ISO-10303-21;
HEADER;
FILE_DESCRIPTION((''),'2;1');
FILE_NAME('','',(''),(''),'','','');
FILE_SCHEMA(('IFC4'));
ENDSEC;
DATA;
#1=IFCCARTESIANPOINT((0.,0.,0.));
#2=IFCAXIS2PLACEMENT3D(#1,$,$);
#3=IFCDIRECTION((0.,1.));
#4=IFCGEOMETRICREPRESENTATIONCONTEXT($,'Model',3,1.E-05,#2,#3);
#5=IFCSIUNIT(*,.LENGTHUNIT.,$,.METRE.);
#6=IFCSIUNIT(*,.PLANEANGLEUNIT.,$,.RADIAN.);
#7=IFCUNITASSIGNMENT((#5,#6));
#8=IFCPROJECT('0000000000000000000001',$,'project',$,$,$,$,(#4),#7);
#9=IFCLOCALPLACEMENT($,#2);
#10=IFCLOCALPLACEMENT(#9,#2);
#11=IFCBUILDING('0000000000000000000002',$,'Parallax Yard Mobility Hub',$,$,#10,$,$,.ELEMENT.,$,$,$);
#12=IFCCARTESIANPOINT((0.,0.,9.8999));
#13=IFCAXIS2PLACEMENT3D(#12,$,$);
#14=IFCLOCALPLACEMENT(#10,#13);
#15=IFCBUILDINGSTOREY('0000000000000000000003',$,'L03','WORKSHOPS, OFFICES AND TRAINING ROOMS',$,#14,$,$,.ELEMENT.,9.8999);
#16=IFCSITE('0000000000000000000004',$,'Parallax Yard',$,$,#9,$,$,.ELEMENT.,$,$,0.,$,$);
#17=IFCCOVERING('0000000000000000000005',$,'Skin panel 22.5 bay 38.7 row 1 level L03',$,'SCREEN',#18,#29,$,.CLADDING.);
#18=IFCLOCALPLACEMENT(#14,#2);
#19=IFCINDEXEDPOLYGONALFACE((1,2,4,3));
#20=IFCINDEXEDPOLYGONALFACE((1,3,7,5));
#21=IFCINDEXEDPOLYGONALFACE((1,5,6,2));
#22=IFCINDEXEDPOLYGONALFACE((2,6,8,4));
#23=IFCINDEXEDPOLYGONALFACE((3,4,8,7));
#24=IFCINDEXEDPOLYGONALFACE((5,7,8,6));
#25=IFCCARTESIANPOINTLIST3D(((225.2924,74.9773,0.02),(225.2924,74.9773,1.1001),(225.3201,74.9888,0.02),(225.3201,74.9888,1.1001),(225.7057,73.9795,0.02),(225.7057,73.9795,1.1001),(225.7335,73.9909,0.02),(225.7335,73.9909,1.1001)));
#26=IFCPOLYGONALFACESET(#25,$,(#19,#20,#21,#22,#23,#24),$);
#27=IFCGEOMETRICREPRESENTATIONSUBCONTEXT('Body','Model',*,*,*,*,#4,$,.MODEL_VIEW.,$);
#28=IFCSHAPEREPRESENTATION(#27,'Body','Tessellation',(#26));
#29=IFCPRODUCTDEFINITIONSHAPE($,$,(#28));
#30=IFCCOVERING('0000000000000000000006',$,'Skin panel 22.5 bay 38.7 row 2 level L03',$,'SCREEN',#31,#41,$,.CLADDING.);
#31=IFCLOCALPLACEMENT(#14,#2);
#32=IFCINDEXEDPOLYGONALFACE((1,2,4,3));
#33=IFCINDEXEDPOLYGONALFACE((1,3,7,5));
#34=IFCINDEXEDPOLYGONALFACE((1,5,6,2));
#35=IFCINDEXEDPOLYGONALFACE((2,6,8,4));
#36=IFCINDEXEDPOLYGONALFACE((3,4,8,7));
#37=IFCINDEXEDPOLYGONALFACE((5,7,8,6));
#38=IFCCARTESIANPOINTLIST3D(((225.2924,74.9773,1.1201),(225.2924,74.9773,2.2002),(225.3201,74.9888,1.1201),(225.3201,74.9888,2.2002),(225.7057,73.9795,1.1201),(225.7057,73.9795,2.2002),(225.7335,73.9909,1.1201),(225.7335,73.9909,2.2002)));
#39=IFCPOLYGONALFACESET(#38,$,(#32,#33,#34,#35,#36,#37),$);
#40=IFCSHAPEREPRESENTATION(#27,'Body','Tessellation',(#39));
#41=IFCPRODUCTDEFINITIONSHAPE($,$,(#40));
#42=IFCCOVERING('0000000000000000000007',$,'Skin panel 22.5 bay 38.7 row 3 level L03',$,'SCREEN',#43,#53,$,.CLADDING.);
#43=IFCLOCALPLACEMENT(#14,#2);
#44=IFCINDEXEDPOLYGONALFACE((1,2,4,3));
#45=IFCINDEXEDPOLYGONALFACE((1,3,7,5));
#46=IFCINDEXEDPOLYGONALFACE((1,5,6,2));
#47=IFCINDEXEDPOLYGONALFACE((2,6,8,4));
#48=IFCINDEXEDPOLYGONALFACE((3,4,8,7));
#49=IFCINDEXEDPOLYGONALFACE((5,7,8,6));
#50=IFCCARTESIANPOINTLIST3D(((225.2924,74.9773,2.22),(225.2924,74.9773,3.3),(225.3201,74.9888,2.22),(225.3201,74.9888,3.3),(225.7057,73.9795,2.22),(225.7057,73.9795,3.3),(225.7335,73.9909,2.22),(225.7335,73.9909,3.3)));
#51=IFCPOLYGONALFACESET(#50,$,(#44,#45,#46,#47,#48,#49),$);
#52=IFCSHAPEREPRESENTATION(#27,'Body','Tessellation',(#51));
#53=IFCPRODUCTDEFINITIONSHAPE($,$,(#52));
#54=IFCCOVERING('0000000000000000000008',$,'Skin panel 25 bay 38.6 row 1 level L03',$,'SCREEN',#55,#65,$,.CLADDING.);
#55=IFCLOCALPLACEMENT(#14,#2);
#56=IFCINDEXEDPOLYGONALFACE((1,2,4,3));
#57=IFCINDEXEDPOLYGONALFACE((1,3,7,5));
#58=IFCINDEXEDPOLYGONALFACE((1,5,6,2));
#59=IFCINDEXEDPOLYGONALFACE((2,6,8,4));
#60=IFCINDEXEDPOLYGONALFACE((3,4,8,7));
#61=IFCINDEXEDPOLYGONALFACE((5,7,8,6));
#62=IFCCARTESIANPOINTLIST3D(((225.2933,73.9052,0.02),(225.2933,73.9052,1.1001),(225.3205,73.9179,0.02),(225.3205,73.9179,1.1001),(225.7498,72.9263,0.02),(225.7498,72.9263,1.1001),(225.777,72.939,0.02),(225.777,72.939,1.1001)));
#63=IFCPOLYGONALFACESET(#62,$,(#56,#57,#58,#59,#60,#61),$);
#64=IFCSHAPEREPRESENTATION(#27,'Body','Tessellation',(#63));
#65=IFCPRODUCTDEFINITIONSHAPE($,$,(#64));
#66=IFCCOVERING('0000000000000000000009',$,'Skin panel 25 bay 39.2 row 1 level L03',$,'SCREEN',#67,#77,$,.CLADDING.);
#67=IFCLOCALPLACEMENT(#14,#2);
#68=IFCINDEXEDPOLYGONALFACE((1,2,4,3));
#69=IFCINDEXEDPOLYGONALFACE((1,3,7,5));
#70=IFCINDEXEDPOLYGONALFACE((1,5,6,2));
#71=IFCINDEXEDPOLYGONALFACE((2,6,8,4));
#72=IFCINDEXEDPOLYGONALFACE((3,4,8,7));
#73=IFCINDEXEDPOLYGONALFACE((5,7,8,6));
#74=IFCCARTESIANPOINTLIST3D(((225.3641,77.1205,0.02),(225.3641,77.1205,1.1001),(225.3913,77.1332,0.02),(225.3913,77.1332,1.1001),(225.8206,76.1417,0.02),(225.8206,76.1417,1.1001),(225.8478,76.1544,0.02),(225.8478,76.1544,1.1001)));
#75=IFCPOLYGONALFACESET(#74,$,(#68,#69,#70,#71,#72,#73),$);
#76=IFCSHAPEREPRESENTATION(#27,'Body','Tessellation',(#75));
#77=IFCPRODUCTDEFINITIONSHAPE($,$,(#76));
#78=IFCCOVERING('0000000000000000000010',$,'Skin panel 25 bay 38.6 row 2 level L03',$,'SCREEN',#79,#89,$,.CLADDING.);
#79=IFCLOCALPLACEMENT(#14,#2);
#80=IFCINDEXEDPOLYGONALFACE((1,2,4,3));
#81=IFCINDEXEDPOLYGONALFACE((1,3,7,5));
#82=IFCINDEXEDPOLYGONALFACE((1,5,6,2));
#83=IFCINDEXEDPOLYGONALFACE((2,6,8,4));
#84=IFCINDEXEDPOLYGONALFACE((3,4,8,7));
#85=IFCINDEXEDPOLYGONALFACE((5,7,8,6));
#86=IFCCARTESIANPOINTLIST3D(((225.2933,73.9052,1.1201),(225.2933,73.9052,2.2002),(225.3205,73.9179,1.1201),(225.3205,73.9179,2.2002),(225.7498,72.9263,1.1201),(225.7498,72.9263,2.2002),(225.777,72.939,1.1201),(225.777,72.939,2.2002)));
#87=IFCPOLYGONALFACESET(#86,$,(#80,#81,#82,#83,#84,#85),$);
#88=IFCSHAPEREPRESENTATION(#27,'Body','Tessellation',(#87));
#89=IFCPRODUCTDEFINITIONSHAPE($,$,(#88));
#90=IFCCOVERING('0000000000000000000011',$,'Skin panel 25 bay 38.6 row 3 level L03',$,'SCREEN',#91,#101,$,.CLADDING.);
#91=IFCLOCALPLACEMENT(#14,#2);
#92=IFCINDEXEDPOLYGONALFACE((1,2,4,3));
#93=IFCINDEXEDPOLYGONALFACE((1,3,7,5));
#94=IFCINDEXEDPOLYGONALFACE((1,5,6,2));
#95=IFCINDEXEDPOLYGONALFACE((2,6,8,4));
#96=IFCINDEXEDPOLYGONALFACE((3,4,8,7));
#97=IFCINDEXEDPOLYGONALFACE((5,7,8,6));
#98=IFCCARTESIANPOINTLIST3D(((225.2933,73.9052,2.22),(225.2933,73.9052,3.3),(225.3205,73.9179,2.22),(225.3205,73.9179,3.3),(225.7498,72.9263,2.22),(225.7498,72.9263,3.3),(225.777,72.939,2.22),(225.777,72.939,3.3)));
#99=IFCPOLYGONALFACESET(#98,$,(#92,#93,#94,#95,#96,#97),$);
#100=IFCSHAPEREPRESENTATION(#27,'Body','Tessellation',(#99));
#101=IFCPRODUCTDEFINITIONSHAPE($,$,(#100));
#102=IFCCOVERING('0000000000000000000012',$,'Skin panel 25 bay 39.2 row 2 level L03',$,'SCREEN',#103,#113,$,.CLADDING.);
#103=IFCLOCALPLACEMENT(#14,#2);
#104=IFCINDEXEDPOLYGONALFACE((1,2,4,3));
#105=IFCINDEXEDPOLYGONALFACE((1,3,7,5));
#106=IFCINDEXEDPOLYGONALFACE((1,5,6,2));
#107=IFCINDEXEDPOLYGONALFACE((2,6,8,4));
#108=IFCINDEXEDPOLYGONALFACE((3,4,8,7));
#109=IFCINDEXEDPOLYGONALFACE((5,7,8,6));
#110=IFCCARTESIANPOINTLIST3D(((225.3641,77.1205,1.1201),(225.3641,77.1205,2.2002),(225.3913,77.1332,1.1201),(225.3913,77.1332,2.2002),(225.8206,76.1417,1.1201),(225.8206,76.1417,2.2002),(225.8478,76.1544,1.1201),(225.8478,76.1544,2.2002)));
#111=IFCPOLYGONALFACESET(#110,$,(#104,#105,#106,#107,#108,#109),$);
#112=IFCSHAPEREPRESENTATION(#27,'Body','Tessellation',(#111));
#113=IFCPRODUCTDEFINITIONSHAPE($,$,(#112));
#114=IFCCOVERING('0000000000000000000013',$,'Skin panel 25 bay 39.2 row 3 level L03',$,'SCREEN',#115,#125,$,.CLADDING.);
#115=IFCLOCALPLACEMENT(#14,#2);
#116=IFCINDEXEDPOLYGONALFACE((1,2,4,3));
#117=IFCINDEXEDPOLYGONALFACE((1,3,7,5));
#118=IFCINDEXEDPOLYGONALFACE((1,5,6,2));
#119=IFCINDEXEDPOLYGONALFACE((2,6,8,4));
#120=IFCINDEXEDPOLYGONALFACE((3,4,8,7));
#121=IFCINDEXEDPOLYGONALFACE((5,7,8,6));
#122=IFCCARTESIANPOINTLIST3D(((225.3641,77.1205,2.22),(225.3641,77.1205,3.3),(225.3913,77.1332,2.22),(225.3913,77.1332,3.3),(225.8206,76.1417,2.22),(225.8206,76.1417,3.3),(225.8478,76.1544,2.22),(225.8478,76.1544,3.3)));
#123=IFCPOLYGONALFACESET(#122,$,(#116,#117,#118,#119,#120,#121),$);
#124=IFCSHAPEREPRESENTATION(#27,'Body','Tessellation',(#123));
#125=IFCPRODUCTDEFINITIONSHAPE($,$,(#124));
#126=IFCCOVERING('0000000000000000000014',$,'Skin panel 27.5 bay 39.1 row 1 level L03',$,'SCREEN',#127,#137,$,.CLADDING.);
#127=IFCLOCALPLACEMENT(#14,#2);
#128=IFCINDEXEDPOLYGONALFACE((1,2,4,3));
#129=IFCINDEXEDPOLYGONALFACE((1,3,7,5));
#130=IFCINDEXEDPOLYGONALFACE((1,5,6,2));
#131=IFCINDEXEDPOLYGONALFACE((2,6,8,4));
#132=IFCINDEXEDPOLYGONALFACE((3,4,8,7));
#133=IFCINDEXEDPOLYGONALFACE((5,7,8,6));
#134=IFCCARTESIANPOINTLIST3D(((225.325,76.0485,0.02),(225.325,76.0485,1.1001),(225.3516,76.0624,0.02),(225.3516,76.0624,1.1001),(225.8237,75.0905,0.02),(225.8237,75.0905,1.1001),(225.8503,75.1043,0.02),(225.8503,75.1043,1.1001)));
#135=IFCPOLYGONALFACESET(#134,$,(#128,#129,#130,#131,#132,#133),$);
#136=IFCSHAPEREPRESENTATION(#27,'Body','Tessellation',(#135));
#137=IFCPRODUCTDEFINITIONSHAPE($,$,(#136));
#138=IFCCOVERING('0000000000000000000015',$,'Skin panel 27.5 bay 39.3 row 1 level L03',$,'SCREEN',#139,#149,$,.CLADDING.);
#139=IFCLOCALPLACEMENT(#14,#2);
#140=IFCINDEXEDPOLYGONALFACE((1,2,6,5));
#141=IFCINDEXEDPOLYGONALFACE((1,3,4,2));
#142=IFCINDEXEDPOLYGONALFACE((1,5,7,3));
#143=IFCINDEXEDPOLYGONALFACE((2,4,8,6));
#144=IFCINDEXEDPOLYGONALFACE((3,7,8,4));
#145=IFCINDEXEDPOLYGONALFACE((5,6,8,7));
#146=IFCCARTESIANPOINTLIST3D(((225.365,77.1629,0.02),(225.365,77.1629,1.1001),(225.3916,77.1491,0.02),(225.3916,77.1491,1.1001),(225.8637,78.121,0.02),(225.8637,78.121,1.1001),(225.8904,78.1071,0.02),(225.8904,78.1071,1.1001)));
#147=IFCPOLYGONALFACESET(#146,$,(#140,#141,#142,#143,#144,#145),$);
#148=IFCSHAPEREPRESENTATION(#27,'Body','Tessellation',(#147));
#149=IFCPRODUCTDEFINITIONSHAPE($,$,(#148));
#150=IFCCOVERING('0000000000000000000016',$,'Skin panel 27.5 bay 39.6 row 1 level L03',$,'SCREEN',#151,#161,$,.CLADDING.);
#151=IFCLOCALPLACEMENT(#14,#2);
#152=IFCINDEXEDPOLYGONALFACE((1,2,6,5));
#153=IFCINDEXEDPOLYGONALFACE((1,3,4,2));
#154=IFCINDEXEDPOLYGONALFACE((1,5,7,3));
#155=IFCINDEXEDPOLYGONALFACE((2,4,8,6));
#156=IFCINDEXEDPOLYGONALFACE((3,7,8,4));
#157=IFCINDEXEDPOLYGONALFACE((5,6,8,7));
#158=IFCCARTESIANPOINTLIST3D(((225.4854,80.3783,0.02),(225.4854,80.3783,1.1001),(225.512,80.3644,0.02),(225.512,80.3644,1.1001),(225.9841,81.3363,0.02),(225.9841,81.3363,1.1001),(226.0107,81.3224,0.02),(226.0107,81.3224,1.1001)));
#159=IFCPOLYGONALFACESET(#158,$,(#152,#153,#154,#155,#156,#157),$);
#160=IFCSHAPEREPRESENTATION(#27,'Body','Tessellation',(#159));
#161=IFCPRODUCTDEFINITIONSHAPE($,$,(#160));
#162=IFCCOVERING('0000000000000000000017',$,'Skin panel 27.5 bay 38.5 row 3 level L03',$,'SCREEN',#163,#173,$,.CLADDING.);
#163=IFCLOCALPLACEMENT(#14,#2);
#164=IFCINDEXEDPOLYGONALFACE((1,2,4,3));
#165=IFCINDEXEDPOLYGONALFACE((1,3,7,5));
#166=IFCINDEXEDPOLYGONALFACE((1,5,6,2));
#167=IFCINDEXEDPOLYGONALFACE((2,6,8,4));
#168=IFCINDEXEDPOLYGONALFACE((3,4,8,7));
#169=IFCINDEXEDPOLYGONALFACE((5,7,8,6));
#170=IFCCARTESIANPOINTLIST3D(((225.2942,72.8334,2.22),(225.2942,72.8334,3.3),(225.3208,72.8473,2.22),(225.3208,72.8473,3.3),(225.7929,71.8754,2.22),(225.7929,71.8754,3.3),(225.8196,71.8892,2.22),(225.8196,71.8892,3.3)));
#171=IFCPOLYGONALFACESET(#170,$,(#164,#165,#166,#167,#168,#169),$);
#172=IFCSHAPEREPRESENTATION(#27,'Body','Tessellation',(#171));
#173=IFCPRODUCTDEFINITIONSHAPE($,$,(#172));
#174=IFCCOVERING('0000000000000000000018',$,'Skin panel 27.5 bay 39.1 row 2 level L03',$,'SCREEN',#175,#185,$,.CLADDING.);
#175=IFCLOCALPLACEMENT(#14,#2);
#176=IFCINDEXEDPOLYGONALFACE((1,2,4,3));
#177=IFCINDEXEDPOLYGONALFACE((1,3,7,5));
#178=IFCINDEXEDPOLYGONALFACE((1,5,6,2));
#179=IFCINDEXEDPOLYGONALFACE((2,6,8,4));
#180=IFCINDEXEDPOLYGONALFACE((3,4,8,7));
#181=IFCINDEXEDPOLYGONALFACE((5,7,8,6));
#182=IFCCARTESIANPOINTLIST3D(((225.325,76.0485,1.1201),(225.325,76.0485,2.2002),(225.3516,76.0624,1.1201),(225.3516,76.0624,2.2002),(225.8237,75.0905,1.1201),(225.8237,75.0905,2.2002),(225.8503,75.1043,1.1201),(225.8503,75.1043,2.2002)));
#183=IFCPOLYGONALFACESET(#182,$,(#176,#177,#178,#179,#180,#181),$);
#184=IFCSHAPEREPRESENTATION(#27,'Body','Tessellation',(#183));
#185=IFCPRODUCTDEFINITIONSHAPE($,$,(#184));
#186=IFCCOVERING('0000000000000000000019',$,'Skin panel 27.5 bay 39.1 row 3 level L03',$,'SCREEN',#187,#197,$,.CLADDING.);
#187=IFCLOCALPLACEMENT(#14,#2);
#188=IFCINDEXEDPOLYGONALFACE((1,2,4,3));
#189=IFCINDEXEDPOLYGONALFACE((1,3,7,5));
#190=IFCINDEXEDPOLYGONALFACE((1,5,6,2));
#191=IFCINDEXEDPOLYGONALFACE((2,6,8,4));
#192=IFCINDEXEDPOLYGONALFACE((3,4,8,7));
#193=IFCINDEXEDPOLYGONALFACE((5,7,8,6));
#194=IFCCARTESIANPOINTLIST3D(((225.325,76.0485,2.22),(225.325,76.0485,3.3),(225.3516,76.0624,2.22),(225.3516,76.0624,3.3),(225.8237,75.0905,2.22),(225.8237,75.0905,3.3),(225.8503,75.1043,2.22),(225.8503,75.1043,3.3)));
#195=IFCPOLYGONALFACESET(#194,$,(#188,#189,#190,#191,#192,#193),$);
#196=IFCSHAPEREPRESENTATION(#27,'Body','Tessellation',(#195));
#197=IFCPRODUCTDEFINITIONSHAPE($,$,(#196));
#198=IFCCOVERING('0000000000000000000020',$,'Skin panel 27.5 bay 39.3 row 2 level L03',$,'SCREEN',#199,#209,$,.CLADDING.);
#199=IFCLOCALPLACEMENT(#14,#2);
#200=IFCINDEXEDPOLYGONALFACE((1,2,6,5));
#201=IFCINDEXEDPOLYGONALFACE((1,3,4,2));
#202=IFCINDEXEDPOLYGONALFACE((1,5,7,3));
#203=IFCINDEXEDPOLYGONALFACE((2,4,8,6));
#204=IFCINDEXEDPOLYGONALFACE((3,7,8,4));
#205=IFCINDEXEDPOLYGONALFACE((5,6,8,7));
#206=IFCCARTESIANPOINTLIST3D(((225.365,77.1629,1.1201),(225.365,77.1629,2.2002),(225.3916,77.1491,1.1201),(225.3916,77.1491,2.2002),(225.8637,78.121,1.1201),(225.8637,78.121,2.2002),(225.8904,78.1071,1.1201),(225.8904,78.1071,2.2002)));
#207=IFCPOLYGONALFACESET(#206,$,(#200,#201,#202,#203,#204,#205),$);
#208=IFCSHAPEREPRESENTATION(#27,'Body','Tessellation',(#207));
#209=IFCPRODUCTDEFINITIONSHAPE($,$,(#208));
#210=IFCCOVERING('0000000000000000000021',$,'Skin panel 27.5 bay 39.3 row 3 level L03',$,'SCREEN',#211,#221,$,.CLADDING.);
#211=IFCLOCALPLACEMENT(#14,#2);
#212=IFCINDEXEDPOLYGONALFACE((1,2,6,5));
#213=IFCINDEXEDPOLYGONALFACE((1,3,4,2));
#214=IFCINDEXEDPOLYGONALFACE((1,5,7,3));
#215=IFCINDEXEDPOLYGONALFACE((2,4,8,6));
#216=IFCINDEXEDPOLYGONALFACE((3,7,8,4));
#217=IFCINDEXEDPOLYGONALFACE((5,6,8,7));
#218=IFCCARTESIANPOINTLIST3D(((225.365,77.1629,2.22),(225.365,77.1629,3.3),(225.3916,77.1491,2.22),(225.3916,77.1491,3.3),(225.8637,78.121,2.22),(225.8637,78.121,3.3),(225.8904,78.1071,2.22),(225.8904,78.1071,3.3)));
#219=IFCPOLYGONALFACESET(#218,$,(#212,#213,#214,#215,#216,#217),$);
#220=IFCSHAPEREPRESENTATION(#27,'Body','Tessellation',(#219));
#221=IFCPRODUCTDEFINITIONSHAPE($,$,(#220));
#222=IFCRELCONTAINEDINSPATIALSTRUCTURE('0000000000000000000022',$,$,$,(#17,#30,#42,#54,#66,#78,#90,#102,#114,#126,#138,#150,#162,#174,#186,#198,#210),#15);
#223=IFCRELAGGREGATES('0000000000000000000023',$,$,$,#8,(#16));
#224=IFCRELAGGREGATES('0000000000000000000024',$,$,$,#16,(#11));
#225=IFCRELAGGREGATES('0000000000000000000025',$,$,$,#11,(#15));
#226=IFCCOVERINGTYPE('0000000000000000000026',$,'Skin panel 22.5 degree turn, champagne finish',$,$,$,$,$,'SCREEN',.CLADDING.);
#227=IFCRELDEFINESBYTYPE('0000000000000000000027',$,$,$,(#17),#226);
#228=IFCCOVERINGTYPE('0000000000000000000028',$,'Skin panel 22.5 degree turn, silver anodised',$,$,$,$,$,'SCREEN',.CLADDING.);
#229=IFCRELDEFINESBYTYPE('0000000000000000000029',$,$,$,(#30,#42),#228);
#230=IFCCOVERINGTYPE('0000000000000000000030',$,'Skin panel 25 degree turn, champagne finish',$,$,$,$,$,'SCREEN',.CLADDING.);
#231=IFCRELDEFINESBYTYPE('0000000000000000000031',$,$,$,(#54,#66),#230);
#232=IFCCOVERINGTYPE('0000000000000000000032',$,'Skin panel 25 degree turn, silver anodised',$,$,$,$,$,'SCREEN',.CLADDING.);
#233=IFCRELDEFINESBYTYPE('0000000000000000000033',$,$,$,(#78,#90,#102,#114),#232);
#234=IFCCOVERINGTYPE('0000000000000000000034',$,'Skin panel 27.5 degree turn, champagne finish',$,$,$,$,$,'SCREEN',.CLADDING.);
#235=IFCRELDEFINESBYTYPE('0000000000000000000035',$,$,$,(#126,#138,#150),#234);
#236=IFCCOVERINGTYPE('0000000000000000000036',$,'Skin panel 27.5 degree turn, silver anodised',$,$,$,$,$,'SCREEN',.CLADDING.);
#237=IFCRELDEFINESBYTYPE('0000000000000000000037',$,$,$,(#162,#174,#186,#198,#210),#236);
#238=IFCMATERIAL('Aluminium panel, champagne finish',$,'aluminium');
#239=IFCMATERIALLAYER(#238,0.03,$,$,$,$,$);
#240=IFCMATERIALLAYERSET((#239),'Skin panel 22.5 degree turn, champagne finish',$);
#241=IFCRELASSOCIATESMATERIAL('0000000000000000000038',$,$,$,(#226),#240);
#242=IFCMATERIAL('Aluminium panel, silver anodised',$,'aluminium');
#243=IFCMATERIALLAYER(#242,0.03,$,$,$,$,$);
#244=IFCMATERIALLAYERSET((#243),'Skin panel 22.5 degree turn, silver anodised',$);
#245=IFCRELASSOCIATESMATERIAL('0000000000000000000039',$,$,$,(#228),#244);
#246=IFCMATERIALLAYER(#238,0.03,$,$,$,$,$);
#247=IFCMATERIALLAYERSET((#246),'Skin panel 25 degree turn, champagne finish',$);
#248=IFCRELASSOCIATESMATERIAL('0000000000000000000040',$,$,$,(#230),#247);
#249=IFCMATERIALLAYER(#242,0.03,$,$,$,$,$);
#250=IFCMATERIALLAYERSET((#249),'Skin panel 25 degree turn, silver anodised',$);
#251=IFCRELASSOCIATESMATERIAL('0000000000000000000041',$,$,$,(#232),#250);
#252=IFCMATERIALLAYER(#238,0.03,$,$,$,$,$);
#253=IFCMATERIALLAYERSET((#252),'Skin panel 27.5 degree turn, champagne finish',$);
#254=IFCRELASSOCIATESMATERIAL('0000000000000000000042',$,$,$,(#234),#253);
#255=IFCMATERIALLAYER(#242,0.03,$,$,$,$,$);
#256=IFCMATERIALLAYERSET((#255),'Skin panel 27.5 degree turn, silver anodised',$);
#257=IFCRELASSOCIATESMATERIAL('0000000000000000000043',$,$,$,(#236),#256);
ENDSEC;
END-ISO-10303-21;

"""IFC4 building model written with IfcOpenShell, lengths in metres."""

from ifc_helpers import new_model, si_unit, direction, frame, origin, origin_2d, place, context, subcontext, project, spatial, rectangle, extrude, material, layer, layer_set, type_object, element, save


model = new_model("IFC4")

# Units and contexts
model_context = context("Model", 3, precision=1e-05, world=origin(), true_north=direction((0.0, 1.0)))
body_context = subcontext(model_context, "Body", "Model", "MODEL_VIEW")
ifc_project = project(units=[si_unit("LENGTHUNIT", "METRE"), si_unit("PLANEANGLEUNIT", "RADIAN")], contexts=[model_context])

# Site, building, storey
site_placement = place(None, origin())
site = spatial("IfcSite", under=ifc_project, at=site_placement, Name="Parallax Yard", CompositionType="ELEMENT", RefElevation=0.0)
building_placement = place(site_placement, origin())
building = spatial("IfcBuilding", under=site, at=building_placement, Name="Parallax Yard Mobility Hub", CompositionType="ELEMENT")
storey_placement = place(building_placement, frame((0.0, 0.0, 9.8999)))
storey = spatial("IfcBuildingStorey", under=building, at=storey_placement, Name="L03", Description="WORKSHOPS, OFFICES AND TRAINING ROOMS", CompositionType="ELEMENT", Elevation=9.8999)

# Coverings
ifc_material_1 = material(Name="Aluminium panel, champagne finish", Category="aluminium")
ifc_layer_1 = layer(ifc_material_1, 0.03)
ifc_layer_set_1 = layer_set([ifc_layer_1], Name="Skin panel 22.5 degree turn, champagne finish")
covering_type_1 = type_object("IfcCoveringType", Name="Skin panel 22.5 degree turn, champagne finish", ElementType="SCREEN", PredefinedType="CLADDING", material=ifc_layer_set_1)
covering_1_placement = place(storey_placement, frame((225.5129, 74.4841, 0.02), z_axis=(0.0, 0.0, 1.0), x_axis=(0.382683, -0.92388, 0.0)))
element("IfcCovering", 1, at=covering_1_placement, inside=storey, type_object=covering_type_1, Name="Skin panel 22.5 bay 38.7 row 1 level L03", ObjectType="SCREEN", PredefinedType="CLADDING", context=body_context, shape_type="SweptSolid", body=[
    extrude(rectangle(XDim=1.0801, YDim=0.03, at=origin_2d()), origin(), (0.0, 0.0, 1.0), 1.0801),
])
ifc_material_2 = material(Name="Aluminium panel, silver anodised", Category="aluminium")
ifc_layer_2 = layer(ifc_material_2, 0.03)
ifc_layer_set_2 = layer_set([ifc_layer_2], Name="Skin panel 22.5 degree turn, silver anodised")
covering_type_2 = type_object("IfcCoveringType", Name="Skin panel 22.5 degree turn, silver anodised", ElementType="SCREEN", PredefinedType="CLADDING", material=ifc_layer_set_2)
for number, where, z_axis, x_axis, name in (
    (2, (225.5129, 74.4841, 1.1201), (0.0, 0.0, 1.0), (0.382683, -0.92388, 0.0), "Skin panel 22.5 bay 38.7 row 2 level L03"),
    (3, (225.5129, 74.4841, 2.22), (0.0, 0.0, 1.0), (0.382683, -0.92388, 0.0), "Skin panel 22.5 bay 38.7 row 3 level L03"),
):
    element("IfcCovering", number, at=place(storey_placement, frame(where, z_axis=z_axis, x_axis=x_axis)), inside=storey, type_object=covering_type_2, Name=name, ObjectType="SCREEN", PredefinedType="CLADDING", context=body_context, shape_type="SweptSolid", body=[
        extrude(rectangle(XDim=1.0801, YDim=0.03, at=origin_2d()), origin(), (0.0, 0.0, 1.0), 1.0801),
    ])
ifc_layer_3 = layer(ifc_material_1, 0.03)
ifc_layer_set_3 = layer_set([ifc_layer_3], Name="Skin panel 25 degree turn, champagne finish")
covering_type_3 = type_object("IfcCoveringType", Name="Skin panel 25 degree turn, champagne finish", ElementType="SCREEN", PredefinedType="CLADDING", material=ifc_layer_set_3)
for number, where, z_axis, x_axis, name in (
    (4, (225.5352, 73.4221, 0.02), (0.0, 0.0, 1.0), (0.422618, -0.906308, 0.0), "Skin panel 25 bay 38.6 row 1 level L03"),
    (5, (225.606, 76.6375, 0.02), (0.0, 0.0, 1.0), (0.422618, -0.906308, 0.0), "Skin panel 25 bay 39.2 row 1 level L03"),
):
    element("IfcCovering", number, at=place(storey_placement, frame(where, z_axis=z_axis, x_axis=x_axis)), inside=storey, type_object=covering_type_3, Name=name, ObjectType="SCREEN", PredefinedType="CLADDING", context=body_context, shape_type="SweptSolid", body=[
        extrude(rectangle(XDim=1.0801, YDim=0.03, at=origin_2d()), origin(), (0.0, 0.0, 1.0), 1.0801),
    ])
ifc_layer_4 = layer(ifc_material_2, 0.03)
ifc_layer_set_4 = layer_set([ifc_layer_4], Name="Skin panel 25 degree turn, silver anodised")
covering_type_4 = type_object("IfcCoveringType", Name="Skin panel 25 degree turn, silver anodised", ElementType="SCREEN", PredefinedType="CLADDING", material=ifc_layer_set_4)
for number, where, z_axis, x_axis, name in (
    (6, (225.5352, 73.4221, 1.1201), (0.0, 0.0, 1.0), (0.422618, -0.906308, 0.0), "Skin panel 25 bay 38.6 row 2 level L03"),
    (7, (225.5352, 73.4221, 2.22), (0.0, 0.0, 1.0), (0.422618, -0.906308, 0.0), "Skin panel 25 bay 38.6 row 3 level L03"),
    (8, (225.606, 76.6375, 1.1201), (0.0, 0.0, 1.0), (0.422618, -0.906308, 0.0), "Skin panel 25 bay 39.2 row 2 level L03"),
    (9, (225.606, 76.6375, 2.22), (0.0, 0.0, 1.0), (0.422618, -0.906308, 0.0), "Skin panel 25 bay 39.2 row 3 level L03"),
):
    element("IfcCovering", number, at=place(storey_placement, frame(where, z_axis=z_axis, x_axis=x_axis)), inside=storey, type_object=covering_type_4, Name=name, ObjectType="SCREEN", PredefinedType="CLADDING", context=body_context, shape_type="SweptSolid", body=[
        extrude(rectangle(XDim=1.0801, YDim=0.03, at=origin_2d()), origin(), (0.0, 0.0, 1.0), 1.0801),
    ])
ifc_layer_5 = layer(ifc_material_1, 0.03)
ifc_layer_set_5 = layer_set([ifc_layer_5], Name="Skin panel 27.5 degree turn, champagne finish")
covering_type_5 = type_object("IfcCoveringType", Name="Skin panel 27.5 degree turn, champagne finish", ElementType="SCREEN", PredefinedType="CLADDING", material=ifc_layer_set_5)
for number, where, z_axis, x_axis, name in (
    (10, (225.5876, 75.5764, 0.02), (0.0, 0.0, 1.0), (0.461749, -0.887011, 0.0), "Skin panel 27.5 bay 39.1 row 1 level L03"),
    (11, (225.6277, 77.635, 0.02), (0.0, 0.0, 1.0), (0.461749, 0.887011, 0.0), "Skin panel 27.5 bay 39.3 row 1 level L03"),
    (12, (225.748, 80.8503, 0.02), (0.0, 0.0, 1.0), (0.461749, 0.887011, 0.0), "Skin panel 27.5 bay 39.6 row 1 level L03"),
):
    element("IfcCovering", number, at=place(storey_placement, frame(where, z_axis=z_axis, x_axis=x_axis)), inside=storey, type_object=covering_type_5, Name=name, ObjectType="SCREEN", PredefinedType="CLADDING", context=body_context, shape_type="SweptSolid", body=[
        extrude(rectangle(XDim=1.0801, YDim=0.03, at=origin_2d()), origin(), (0.0, 0.0, 1.0), 1.0801),
    ])
ifc_layer_6 = layer(ifc_material_2, 0.03)
ifc_layer_set_6 = layer_set([ifc_layer_6], Name="Skin panel 27.5 degree turn, silver anodised")
covering_type_6 = type_object("IfcCoveringType", Name="Skin panel 27.5 degree turn, silver anodised", ElementType="SCREEN", PredefinedType="CLADDING", material=ifc_layer_set_6)
for number, where, z_axis, x_axis, name in (
    (13, (225.5569, 72.3613, 2.22), (0.0, 0.0, 1.0), (0.461749, -0.887011, 0.0), "Skin panel 27.5 bay 38.5 row 3 level L03"),
    (14, (225.5876, 75.5764, 1.1201), (0.0, 0.0, 1.0), (0.461749, -0.887011, 0.0), "Skin panel 27.5 bay 39.1 row 2 level L03"),
    (15, (225.5876, 75.5764, 2.22), (0.0, 0.0, 1.0), (0.461749, -0.887011, 0.0), "Skin panel 27.5 bay 39.1 row 3 level L03"),
    (16, (225.6277, 77.635, 1.1201), (0.0, 0.0, 1.0), (0.461749, 0.887011, 0.0), "Skin panel 27.5 bay 39.3 row 2 level L03"),
    (17, (225.6277, 77.635, 2.22), (0.0, 0.0, 1.0), (0.461749, 0.887011, 0.0), "Skin panel 27.5 bay 39.3 row 3 level L03"),
):
    element("IfcCovering", number, at=place(storey_placement, frame(where, z_axis=z_axis, x_axis=x_axis)), inside=storey, type_object=covering_type_6, Name=name, ObjectType="SCREEN", PredefinedType="CLADDING", context=body_context, shape_type="SweptSolid", body=[
        extrude(rectangle(XDim=1.0801, YDim=0.03, at=origin_2d()), origin(), (0.0, 0.0, 1.0), 1.0801),
    ])

save(model, "model.ifc")
